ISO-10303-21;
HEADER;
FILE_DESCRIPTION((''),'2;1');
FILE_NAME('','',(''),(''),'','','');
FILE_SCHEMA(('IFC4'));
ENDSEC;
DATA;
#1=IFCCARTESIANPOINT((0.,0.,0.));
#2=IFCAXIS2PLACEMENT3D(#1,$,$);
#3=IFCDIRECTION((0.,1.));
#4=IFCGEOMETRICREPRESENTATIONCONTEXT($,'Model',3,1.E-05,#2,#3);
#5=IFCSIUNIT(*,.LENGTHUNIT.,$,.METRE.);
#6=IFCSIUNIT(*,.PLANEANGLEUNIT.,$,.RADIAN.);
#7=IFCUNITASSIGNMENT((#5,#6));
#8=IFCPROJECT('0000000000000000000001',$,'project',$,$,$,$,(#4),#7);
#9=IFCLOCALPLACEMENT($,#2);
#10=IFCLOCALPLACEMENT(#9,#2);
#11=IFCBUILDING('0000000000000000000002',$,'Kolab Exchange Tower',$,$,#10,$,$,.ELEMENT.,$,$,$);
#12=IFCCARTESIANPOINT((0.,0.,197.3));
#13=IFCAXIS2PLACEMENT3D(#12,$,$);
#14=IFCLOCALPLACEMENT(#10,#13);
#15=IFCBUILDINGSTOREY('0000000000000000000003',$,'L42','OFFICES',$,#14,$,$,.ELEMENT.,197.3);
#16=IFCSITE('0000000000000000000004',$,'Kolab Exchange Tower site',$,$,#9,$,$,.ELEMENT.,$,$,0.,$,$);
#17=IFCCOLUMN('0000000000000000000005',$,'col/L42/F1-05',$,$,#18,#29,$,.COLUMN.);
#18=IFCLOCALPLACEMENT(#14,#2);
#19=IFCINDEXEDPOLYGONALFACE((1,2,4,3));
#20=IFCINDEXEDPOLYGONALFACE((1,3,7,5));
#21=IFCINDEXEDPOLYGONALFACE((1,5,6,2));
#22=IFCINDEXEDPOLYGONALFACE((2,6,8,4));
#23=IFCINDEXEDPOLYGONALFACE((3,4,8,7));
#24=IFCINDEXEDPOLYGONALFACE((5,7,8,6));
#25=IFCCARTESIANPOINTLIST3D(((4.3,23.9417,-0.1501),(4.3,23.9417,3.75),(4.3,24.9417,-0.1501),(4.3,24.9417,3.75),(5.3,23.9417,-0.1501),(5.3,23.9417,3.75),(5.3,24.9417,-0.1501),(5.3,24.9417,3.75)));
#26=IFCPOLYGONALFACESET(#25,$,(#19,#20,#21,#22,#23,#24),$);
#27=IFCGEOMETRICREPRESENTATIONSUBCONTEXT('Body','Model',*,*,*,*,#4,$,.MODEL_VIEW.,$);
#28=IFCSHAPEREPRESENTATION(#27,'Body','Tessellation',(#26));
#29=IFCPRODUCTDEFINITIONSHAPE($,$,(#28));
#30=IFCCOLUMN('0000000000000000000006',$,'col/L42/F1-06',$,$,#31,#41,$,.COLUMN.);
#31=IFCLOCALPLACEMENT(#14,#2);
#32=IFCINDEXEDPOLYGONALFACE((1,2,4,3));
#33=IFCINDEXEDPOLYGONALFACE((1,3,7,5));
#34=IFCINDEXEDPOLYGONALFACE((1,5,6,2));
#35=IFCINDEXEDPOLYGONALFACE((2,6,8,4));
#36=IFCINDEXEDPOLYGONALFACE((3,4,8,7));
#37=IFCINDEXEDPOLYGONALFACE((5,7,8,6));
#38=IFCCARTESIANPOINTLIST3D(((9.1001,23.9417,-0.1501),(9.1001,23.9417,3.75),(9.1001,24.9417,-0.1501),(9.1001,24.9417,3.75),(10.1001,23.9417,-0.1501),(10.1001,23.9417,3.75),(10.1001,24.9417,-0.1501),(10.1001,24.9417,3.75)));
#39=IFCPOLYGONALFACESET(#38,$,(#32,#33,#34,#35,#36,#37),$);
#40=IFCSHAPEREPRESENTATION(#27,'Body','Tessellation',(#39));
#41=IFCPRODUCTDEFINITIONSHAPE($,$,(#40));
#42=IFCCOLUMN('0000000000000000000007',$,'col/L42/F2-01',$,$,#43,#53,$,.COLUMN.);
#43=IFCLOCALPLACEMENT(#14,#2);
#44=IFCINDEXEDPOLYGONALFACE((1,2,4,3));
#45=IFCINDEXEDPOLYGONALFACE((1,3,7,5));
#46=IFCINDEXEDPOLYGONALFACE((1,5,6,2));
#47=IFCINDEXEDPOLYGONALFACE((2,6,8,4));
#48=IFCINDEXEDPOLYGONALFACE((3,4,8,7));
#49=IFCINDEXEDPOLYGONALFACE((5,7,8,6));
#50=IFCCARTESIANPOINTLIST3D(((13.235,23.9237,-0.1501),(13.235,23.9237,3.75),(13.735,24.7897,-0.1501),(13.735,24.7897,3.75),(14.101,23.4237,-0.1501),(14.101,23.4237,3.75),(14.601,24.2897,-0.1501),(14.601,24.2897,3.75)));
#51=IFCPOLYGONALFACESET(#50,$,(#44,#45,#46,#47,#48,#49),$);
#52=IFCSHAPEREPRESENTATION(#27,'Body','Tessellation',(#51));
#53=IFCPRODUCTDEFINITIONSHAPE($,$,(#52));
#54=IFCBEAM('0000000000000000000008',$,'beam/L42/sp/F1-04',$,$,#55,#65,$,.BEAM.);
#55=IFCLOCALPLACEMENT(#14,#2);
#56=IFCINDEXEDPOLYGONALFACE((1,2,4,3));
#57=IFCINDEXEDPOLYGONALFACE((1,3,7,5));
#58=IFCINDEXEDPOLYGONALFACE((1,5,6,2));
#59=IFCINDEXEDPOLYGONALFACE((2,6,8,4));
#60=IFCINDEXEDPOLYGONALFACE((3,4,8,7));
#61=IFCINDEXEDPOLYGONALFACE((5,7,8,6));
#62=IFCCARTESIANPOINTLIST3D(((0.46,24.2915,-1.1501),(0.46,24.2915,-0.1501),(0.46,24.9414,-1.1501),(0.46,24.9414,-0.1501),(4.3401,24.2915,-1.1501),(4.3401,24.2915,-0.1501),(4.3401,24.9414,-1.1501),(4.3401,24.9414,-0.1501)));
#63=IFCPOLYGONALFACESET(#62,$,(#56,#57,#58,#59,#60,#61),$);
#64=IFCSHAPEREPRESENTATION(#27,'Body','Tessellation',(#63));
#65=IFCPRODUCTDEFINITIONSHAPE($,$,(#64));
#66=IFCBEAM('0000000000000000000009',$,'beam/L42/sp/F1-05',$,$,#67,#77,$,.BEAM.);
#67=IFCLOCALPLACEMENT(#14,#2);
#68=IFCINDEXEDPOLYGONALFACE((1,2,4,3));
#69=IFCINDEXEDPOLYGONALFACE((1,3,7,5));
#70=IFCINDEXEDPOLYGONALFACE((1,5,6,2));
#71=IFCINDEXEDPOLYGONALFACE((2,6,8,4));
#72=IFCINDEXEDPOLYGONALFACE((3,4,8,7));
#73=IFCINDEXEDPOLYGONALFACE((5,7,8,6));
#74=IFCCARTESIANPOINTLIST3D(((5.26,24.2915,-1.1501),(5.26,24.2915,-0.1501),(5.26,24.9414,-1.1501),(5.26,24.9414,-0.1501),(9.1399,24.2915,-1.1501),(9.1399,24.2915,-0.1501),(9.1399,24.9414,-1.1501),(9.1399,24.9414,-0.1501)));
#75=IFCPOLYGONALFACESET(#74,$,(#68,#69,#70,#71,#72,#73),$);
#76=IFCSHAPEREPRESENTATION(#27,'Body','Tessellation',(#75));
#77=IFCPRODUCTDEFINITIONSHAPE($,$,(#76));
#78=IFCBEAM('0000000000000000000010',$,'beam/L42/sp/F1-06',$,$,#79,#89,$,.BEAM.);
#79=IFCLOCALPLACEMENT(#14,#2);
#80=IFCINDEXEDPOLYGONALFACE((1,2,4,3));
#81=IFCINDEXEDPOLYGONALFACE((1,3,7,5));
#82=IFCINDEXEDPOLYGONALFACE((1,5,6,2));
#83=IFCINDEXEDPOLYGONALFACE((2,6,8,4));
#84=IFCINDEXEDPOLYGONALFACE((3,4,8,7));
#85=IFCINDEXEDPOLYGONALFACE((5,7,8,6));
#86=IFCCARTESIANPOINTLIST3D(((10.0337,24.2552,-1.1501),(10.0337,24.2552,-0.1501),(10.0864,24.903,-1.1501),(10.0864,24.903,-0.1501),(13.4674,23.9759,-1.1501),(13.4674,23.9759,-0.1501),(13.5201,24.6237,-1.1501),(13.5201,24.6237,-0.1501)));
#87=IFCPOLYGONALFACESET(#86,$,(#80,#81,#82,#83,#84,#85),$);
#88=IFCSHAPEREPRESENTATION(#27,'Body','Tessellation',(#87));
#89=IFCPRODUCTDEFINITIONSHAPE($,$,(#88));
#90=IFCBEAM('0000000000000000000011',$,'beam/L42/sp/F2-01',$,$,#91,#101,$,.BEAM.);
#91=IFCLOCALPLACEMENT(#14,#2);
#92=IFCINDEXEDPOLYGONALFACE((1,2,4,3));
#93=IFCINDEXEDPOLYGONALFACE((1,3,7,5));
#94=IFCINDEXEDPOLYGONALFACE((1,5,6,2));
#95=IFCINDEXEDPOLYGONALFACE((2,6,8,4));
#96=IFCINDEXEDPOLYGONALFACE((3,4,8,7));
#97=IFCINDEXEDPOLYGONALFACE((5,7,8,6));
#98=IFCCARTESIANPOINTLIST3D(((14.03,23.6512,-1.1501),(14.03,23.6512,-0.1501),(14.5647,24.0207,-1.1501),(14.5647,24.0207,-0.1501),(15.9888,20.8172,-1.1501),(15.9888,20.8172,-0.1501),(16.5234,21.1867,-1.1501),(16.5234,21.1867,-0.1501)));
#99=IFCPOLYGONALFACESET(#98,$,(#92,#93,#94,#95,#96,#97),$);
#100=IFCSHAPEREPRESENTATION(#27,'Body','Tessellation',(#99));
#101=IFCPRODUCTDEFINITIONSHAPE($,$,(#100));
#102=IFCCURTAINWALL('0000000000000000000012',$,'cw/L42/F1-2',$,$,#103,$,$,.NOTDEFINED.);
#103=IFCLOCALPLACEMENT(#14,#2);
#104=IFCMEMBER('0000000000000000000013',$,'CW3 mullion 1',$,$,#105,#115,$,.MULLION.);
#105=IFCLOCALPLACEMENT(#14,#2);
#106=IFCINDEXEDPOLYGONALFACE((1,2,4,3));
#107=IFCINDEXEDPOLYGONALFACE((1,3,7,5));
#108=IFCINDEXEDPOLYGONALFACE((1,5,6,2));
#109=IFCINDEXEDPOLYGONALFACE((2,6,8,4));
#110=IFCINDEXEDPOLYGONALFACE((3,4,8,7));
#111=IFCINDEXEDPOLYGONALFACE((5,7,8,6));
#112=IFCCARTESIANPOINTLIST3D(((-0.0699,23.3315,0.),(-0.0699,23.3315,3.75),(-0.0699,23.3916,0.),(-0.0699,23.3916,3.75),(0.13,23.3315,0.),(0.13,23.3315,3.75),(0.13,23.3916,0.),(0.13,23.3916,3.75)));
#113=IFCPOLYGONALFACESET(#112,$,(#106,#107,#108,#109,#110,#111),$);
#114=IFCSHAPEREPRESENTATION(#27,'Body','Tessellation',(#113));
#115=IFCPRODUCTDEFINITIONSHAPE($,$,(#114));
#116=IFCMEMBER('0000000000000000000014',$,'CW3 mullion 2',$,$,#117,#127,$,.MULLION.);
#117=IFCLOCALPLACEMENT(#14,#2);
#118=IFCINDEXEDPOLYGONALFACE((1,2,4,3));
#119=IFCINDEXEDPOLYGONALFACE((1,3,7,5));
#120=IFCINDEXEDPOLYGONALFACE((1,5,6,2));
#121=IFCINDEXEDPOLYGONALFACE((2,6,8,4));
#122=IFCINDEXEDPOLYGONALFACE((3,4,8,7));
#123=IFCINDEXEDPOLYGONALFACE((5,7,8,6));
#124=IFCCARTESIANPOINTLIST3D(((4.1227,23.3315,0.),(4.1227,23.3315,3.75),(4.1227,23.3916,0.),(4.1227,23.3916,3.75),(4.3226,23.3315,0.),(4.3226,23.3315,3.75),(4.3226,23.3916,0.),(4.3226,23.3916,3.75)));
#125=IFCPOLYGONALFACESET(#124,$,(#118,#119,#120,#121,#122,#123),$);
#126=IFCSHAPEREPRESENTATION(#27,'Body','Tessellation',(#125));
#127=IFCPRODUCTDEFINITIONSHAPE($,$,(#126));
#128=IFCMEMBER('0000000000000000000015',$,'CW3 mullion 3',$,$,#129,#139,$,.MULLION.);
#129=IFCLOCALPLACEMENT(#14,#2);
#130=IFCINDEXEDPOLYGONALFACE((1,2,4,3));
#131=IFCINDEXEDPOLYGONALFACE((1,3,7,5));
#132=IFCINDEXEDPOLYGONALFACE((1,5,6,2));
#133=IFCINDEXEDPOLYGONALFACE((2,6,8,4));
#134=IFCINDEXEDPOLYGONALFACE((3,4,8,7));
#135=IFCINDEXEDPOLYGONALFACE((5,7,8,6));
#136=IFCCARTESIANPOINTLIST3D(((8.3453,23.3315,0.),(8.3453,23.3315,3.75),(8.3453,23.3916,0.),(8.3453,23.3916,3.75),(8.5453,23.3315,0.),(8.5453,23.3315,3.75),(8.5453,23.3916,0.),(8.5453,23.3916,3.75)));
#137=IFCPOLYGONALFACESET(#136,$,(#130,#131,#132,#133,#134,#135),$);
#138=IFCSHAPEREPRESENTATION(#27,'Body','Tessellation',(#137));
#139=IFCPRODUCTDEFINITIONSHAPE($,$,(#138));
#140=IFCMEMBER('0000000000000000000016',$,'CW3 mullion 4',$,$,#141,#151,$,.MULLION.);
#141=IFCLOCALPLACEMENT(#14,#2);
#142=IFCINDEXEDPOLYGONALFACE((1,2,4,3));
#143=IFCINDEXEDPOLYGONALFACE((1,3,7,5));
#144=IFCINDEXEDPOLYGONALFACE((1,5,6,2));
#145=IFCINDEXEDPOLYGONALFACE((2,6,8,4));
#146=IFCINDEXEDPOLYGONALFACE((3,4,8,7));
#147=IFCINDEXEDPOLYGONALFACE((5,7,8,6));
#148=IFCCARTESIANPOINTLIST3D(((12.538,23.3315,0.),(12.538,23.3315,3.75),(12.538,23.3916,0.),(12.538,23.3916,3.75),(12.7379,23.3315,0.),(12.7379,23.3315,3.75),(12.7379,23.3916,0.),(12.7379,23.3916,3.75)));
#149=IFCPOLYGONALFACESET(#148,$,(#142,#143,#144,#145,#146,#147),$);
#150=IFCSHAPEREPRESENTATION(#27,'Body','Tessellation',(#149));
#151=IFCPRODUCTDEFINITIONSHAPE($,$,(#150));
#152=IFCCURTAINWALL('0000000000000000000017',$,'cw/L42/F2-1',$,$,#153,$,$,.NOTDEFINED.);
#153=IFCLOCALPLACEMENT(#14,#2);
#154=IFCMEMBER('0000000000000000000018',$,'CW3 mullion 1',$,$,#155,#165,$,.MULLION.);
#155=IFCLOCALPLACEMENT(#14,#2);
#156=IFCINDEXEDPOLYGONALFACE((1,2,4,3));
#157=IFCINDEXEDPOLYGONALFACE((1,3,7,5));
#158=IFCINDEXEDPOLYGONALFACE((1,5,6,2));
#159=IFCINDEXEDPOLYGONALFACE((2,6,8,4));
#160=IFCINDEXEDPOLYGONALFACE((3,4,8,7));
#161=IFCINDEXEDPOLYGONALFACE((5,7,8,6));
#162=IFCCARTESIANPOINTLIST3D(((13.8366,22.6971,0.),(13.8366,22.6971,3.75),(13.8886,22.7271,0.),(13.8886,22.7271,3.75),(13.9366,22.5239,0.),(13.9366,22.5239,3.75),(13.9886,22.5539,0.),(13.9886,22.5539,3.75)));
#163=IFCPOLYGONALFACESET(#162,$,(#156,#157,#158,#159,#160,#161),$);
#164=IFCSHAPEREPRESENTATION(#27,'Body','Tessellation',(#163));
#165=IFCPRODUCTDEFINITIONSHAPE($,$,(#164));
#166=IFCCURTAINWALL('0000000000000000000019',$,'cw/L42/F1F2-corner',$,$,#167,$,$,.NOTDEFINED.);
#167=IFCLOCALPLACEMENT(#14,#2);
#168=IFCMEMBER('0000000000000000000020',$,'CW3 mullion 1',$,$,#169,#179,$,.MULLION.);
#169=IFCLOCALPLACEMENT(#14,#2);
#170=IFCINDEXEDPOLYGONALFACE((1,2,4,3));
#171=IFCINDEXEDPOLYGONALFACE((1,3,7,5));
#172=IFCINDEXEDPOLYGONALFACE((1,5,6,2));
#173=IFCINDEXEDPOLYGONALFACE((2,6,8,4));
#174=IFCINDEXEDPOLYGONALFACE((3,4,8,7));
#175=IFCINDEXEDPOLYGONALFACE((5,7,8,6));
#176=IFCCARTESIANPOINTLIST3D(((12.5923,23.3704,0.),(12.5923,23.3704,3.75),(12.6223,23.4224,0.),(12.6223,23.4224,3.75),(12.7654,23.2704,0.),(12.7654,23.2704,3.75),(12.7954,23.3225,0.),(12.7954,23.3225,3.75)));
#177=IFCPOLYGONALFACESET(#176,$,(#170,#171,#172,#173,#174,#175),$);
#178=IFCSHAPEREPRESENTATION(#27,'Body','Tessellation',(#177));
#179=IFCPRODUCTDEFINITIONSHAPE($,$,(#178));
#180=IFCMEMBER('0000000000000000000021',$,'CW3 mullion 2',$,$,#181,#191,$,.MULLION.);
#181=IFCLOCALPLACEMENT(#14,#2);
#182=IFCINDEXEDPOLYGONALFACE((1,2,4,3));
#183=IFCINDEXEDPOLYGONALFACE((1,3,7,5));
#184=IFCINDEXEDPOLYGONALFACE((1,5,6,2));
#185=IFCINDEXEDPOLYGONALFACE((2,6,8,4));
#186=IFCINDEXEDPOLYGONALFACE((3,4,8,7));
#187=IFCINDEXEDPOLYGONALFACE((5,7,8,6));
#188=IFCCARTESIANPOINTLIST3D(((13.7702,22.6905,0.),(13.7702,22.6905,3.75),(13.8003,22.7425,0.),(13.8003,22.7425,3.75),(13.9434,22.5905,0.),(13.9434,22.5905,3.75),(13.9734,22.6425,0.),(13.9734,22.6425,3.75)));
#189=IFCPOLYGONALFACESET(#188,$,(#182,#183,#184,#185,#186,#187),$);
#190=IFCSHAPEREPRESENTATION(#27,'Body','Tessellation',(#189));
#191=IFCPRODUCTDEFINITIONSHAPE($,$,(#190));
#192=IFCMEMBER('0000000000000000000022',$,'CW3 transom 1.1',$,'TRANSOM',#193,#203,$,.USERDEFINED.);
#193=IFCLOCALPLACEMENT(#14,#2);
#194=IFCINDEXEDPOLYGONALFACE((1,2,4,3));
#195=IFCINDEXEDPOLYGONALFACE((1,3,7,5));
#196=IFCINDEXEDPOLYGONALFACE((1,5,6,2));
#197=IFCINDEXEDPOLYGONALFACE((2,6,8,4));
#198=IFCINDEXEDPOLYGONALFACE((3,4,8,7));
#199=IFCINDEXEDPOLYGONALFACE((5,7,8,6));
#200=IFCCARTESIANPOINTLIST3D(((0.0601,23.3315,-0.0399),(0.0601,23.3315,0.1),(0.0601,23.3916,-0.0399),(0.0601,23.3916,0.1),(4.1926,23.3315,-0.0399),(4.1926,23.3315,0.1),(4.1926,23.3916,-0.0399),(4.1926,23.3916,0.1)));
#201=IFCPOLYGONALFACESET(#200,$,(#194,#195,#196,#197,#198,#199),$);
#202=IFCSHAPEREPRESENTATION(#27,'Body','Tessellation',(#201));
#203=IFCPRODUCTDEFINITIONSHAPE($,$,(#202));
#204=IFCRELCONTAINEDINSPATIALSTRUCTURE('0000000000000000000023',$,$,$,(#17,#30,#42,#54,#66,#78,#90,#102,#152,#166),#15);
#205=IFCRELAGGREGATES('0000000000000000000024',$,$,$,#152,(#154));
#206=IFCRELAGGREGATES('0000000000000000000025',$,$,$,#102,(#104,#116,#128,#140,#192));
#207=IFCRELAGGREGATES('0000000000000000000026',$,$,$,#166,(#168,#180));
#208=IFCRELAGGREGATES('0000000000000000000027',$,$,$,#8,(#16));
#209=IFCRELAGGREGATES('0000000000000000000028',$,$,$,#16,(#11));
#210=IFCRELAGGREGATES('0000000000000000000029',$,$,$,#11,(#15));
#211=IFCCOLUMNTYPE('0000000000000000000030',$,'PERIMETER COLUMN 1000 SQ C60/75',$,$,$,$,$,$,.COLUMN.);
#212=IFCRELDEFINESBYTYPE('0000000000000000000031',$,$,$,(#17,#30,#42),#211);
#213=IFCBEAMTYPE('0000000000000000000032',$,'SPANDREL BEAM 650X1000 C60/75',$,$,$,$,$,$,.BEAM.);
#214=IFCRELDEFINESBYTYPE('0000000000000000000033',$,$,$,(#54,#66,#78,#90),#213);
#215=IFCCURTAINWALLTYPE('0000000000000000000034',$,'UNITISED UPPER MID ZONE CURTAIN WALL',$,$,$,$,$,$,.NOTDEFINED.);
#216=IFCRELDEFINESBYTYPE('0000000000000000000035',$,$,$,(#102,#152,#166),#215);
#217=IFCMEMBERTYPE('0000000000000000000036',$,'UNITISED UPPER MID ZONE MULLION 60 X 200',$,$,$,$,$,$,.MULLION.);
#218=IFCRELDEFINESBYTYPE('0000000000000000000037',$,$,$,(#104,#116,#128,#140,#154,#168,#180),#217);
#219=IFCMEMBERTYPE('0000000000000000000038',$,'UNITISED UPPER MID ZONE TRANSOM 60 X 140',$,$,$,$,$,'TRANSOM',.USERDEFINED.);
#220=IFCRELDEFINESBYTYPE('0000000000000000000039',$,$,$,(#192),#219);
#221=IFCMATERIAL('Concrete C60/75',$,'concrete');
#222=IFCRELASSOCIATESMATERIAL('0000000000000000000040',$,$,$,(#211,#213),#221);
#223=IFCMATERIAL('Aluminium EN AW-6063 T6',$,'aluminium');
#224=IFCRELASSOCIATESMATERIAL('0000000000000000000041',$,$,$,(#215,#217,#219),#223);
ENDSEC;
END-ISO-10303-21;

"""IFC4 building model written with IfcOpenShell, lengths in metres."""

from ifc_helpers import new_model, si_unit, direction, frame, origin, origin_2d, place, context, subcontext, project, spatial, rectangle, extrude, material, material_profile, profile_set, type_object, element, aggregate, save


model = new_model("IFC4")

# Units and contexts
model_context = context("Model", 3, precision=1e-05, world=origin(), true_north=direction((0.0, 1.0)))
body_context = subcontext(model_context, "Body", "Model", "MODEL_VIEW")
ifc_project = project(units=[si_unit("LENGTHUNIT", "METRE"), si_unit("PLANEANGLEUNIT", "RADIAN")], contexts=[model_context])

# Site, building, storey
site_placement = place(None, origin())
site = spatial("IfcSite", under=ifc_project, at=site_placement, Name="Kolab Exchange Tower site", CompositionType="ELEMENT", RefElevation=0.0)
building_placement = place(site_placement, origin())
building = spatial("IfcBuilding", under=site, at=building_placement, Name="Kolab Exchange Tower", CompositionType="ELEMENT")
storey_placement = place(building_placement, frame((0.0, 0.0, 197.3)))
storey = spatial("IfcBuildingStorey", under=building, at=storey_placement, Name="L42", Description="OFFICES", CompositionType="ELEMENT", Elevation=197.3)

# Columns
ifc_material_1 = material(Name="Concrete C60/75", Category="concrete")
ifc_material_profile_1 = material_profile(ifc_material_1, rectangle(XDim=1.0, YDim=1.0, at=origin_2d()), Name="RC1000")
ifc_profile_set_1 = profile_set([ifc_material_profile_1], Name="Concrete C60/75")
column_type = type_object("IfcColumnType", Name="PERIMETER COLUMN 1000 SQ C60/75", PredefinedType="COLUMN", material=ifc_profile_set_1)
for number, where, z_axis, x_axis, name in (
    (1, (4.8, 24.4417, -0.1501), (0.0, 0.0, 1.0), (1.0, 0.0, 0.0), "col/L42/F1-05"),
    (2, (9.6001, 24.4417, -0.1501), (0.0, 0.0, 1.0), (1.0, 0.0, 0.0), "col/L42/F1-06"),
    (3, (13.918, 24.1067, -0.1501), (0.0, 0.0, 1.0), (0.5, 0.866025, 0.0), "col/L42/F2-01"),
):
    element("IfcColumn", number, at=place(storey_placement, frame(where, z_axis=z_axis, x_axis=x_axis)), inside=storey, type_object=column_type, Name=name, PredefinedType="COLUMN", context=body_context, shape_type="SweptSolid", body=[
        extrude(rectangle(XDim=1.0, YDim=1.0, at=origin_2d()), origin(), (0.0, 0.0, 1.0), 3.9001),
    ])

# Beams
ifc_material_profile_2 = material_profile(ifc_material_1, rectangle(XDim=0.6499, YDim=1.0, at=origin_2d()), Name="RC650X1000")
ifc_profile_set_2 = profile_set([ifc_material_profile_2], Name="Concrete C60/75")
beam_type = type_object("IfcBeamType", Name="SPANDREL BEAM 650X1000 C60/75", PredefinedType="BEAM", material=ifc_profile_set_2)
beam_1_placement = place(storey_placement, frame((0.46, 24.6165, -0.6501), z_axis=(1.0, 0.0, 0.0), x_axis=(0.0, 1.0, 0.0)))
element("IfcBeam", 4, at=beam_1_placement, inside=storey, type_object=beam_type, Name="beam/L42/sp/F1-04", PredefinedType="BEAM", context=body_context, shape_type="SweptSolid", body=[
    extrude(rectangle(XDim=0.6499, YDim=1.0, at=origin_2d()), origin(), (0.0, 0.0, 1.0), 3.8801),
])
beam_2_placement = place(storey_placement, frame((5.26, 24.6165, -0.6501), z_axis=(1.0, 0.0, 0.0), x_axis=(0.0, 1.0, 0.0)))
element("IfcBeam", 5, at=beam_2_placement, inside=storey, type_object=beam_type, Name="beam/L42/sp/F1-05", PredefinedType="BEAM", context=body_context, shape_type="SweptSolid", body=[
    extrude(rectangle(XDim=0.6499, YDim=1.0, at=origin_2d()), origin(), (0.0, 0.0, 1.0), 3.8799),
])
for number, where, z_axis, x_axis, name in (
    (6, (10.0601, 24.5791, -0.6501), (0.996708, -0.081069, 0.0), (0.081069, 0.996708, 0.0), "beam/L42/sp/F1-06"),
    (7, (14.2974, 23.8359, -0.6501), (0.568572, -0.822633, 0.0), (0.822633, 0.568572, 0.0), "beam/L42/sp/F2-01"),
):
    element("IfcBeam", number, at=place(storey_placement, frame(where, z_axis=z_axis, x_axis=x_axis)), inside=storey, type_object=beam_type, Name=name, PredefinedType="BEAM", context=body_context, shape_type="SweptSolid", body=[
        extrude(rectangle(XDim=0.6499, YDim=1.0, at=origin_2d()), origin(), (0.0, 0.0, 1.0), 3.4451),
    ])

# Curtain wall, members
ifc_material_2 = material(Name="Aluminium EN AW-6063 T6", Category="aluminium")
curtain_wall_type = type_object("IfcCurtainWallType", Name="UNITISED UPPER MID ZONE CURTAIN WALL", PredefinedType="NOTDEFINED", material=ifc_material_2)
curtain_wall_1_placement = place(storey_placement, origin())
curtain_wall_1 = element("IfcCurtainWall", 8, at=curtain_wall_1_placement, inside=storey, type_object=curtain_wall_type, Name="cw/L42/F1-2", PredefinedType="NOTDEFINED")
ifc_material_profile_3 = material_profile(ifc_material_2, rectangle(XDim=0.0601, YDim=0.2, at=origin_2d()), Name="RECT 60X200")
ifc_profile_set_3 = profile_set([ifc_material_profile_3], Name="Aluminium EN AW-6063 T6")
member_type_1 = type_object("IfcMemberType", Name="UNITISED UPPER MID ZONE MULLION 60 X 200", PredefinedType="MULLION", material=ifc_profile_set_3)
member_1_placement = place(storey_placement, frame((0.03, 23.3616, 0.0), z_axis=(0.0, 0.0, 1.0), x_axis=(0.0, 1.0, 0.0)))
member_1 = element("IfcMember", 9, at=member_1_placement, type_object=member_type_1, Name="CW3 mullion 1", PredefinedType="MULLION", context=body_context, shape_type="SweptSolid", body=[
    extrude(rectangle(XDim=0.0601, YDim=0.2, at=origin_2d()), origin(), (0.0, 0.0, 1.0), 3.75),
])
member_2_placement = place(storey_placement, frame((4.2227, 23.3616, 0.0), z_axis=(0.0, 0.0, 1.0), x_axis=(0.0, 1.0, 0.0)))
member_2 = element("IfcMember", 10, at=member_2_placement, type_object=member_type_1, Name="CW3 mullion 2", PredefinedType="MULLION", context=body_context, shape_type="SweptSolid", body=[
    extrude(rectangle(XDim=0.0601, YDim=0.2, at=origin_2d()), origin(), (0.0, 0.0, 1.0), 3.75),
])
member_3_placement = place(storey_placement, frame((8.4453, 23.3616, 0.0), z_axis=(0.0, 0.0, 1.0), x_axis=(0.0, 1.0, 0.0)))
member_3 = element("IfcMember", 11, at=member_3_placement, type_object=member_type_1, Name="CW3 mullion 3", PredefinedType="MULLION", context=body_context, shape_type="SweptSolid", body=[
    extrude(rectangle(XDim=0.0601, YDim=0.2, at=origin_2d()), origin(), (0.0, 0.0, 1.0), 3.75),
])
member_4_placement = place(storey_placement, frame((12.6379, 23.3616, 0.0), z_axis=(0.0, 0.0, 1.0), x_axis=(0.0, 1.0, 0.0)))
member_4 = element("IfcMember", 12, at=member_4_placement, type_object=member_type_1, Name="CW3 mullion 4", PredefinedType="MULLION", context=body_context, shape_type="SweptSolid", body=[
    extrude(rectangle(XDim=0.0601, YDim=0.2, at=origin_2d()), origin(), (0.0, 0.0, 1.0), 3.75),
])

# Curtain wall, member
curtain_wall_2_placement = place(storey_placement, origin())
curtain_wall_2 = element("IfcCurtainWall", 13, at=curtain_wall_2_placement, inside=storey, type_object=curtain_wall_type, Name="cw/L42/F2-1", PredefinedType="NOTDEFINED")
member_5_placement = place(storey_placement, frame((13.9126, 22.6255, 0.0), z_axis=(0.0, 0.0, 1.0), x_axis=(0.866025, 0.5, 0.0)))
member_5 = element("IfcMember", 14, at=member_5_placement, type_object=member_type_1, Name="CW3 mullion 1", PredefinedType="MULLION", context=body_context, shape_type="SweptSolid", body=[
    extrude(rectangle(XDim=0.0601, YDim=0.2, at=origin_2d()), origin(), (0.0, 0.0, 1.0), 3.75),
])

# Curtain wall, members
curtain_wall_3_placement = place(storey_placement, origin())
curtain_wall_3 = element("IfcCurtainWall", 15, at=curtain_wall_3_placement, inside=storey, type_object=curtain_wall_type, Name="cw/L42/F1F2-corner", PredefinedType="NOTDEFINED")
member_6_placement = place(storey_placement, frame((12.6938, 23.3464, 0.0), z_axis=(0.0, 0.0, 1.0), x_axis=(0.5, 0.866025, 0.0)))
member_6 = element("IfcMember", 16, at=member_6_placement, type_object=member_type_1, Name="CW3 mullion 1", PredefinedType="MULLION", context=body_context, shape_type="SweptSolid", body=[
    extrude(rectangle(XDim=0.0601, YDim=0.2, at=origin_2d()), origin(), (0.0, 0.0, 1.0), 3.75),
])
member_7_placement = place(storey_placement, frame((13.8718, 22.6665, 0.0), z_axis=(0.0, 0.0, 1.0), x_axis=(0.5, 0.866025, 0.0)))
member_7 = element("IfcMember", 17, at=member_7_placement, type_object=member_type_1, Name="CW3 mullion 2", PredefinedType="MULLION", context=body_context, shape_type="SweptSolid", body=[
    extrude(rectangle(XDim=0.0601, YDim=0.2, at=origin_2d()), origin(), (0.0, 0.0, 1.0), 3.75),
])

# Member
ifc_material_profile_4 = material_profile(ifc_material_2, rectangle(XDim=0.0601, YDim=0.1399, at=origin_2d()), Name="RECT 60X140")
ifc_profile_set_4 = profile_set([ifc_material_profile_4], Name="Aluminium EN AW-6063 T6")
member_type_2 = type_object("IfcMemberType", Name="UNITISED UPPER MID ZONE TRANSOM 60 X 140", ElementType="TRANSOM", PredefinedType="USERDEFINED", material=ifc_profile_set_4)
member_8_placement = place(storey_placement, frame((0.0601, 23.3616, 0.03), z_axis=(1.0, 0.0, 0.0), x_axis=(0.0, 1.0, 0.0)))
member_8 = element("IfcMember", 18, at=member_8_placement, type_object=member_type_2, Name="CW3 transom 1.1", ObjectType="TRANSOM", PredefinedType="USERDEFINED", context=body_context, shape_type="SweptSolid", body=[
    extrude(rectangle(XDim=0.0601, YDim=0.1399, at=origin_2d()), origin(), (0.0, 0.0, 1.0), 4.1326),
])
aggregate(curtain_wall_2, [member_5])

aggregate(curtain_wall_1, [member_1, member_2, member_3, member_4, member_8])
aggregate(curtain_wall_3, [member_6, member_7])

save(model, "model.ifc")
